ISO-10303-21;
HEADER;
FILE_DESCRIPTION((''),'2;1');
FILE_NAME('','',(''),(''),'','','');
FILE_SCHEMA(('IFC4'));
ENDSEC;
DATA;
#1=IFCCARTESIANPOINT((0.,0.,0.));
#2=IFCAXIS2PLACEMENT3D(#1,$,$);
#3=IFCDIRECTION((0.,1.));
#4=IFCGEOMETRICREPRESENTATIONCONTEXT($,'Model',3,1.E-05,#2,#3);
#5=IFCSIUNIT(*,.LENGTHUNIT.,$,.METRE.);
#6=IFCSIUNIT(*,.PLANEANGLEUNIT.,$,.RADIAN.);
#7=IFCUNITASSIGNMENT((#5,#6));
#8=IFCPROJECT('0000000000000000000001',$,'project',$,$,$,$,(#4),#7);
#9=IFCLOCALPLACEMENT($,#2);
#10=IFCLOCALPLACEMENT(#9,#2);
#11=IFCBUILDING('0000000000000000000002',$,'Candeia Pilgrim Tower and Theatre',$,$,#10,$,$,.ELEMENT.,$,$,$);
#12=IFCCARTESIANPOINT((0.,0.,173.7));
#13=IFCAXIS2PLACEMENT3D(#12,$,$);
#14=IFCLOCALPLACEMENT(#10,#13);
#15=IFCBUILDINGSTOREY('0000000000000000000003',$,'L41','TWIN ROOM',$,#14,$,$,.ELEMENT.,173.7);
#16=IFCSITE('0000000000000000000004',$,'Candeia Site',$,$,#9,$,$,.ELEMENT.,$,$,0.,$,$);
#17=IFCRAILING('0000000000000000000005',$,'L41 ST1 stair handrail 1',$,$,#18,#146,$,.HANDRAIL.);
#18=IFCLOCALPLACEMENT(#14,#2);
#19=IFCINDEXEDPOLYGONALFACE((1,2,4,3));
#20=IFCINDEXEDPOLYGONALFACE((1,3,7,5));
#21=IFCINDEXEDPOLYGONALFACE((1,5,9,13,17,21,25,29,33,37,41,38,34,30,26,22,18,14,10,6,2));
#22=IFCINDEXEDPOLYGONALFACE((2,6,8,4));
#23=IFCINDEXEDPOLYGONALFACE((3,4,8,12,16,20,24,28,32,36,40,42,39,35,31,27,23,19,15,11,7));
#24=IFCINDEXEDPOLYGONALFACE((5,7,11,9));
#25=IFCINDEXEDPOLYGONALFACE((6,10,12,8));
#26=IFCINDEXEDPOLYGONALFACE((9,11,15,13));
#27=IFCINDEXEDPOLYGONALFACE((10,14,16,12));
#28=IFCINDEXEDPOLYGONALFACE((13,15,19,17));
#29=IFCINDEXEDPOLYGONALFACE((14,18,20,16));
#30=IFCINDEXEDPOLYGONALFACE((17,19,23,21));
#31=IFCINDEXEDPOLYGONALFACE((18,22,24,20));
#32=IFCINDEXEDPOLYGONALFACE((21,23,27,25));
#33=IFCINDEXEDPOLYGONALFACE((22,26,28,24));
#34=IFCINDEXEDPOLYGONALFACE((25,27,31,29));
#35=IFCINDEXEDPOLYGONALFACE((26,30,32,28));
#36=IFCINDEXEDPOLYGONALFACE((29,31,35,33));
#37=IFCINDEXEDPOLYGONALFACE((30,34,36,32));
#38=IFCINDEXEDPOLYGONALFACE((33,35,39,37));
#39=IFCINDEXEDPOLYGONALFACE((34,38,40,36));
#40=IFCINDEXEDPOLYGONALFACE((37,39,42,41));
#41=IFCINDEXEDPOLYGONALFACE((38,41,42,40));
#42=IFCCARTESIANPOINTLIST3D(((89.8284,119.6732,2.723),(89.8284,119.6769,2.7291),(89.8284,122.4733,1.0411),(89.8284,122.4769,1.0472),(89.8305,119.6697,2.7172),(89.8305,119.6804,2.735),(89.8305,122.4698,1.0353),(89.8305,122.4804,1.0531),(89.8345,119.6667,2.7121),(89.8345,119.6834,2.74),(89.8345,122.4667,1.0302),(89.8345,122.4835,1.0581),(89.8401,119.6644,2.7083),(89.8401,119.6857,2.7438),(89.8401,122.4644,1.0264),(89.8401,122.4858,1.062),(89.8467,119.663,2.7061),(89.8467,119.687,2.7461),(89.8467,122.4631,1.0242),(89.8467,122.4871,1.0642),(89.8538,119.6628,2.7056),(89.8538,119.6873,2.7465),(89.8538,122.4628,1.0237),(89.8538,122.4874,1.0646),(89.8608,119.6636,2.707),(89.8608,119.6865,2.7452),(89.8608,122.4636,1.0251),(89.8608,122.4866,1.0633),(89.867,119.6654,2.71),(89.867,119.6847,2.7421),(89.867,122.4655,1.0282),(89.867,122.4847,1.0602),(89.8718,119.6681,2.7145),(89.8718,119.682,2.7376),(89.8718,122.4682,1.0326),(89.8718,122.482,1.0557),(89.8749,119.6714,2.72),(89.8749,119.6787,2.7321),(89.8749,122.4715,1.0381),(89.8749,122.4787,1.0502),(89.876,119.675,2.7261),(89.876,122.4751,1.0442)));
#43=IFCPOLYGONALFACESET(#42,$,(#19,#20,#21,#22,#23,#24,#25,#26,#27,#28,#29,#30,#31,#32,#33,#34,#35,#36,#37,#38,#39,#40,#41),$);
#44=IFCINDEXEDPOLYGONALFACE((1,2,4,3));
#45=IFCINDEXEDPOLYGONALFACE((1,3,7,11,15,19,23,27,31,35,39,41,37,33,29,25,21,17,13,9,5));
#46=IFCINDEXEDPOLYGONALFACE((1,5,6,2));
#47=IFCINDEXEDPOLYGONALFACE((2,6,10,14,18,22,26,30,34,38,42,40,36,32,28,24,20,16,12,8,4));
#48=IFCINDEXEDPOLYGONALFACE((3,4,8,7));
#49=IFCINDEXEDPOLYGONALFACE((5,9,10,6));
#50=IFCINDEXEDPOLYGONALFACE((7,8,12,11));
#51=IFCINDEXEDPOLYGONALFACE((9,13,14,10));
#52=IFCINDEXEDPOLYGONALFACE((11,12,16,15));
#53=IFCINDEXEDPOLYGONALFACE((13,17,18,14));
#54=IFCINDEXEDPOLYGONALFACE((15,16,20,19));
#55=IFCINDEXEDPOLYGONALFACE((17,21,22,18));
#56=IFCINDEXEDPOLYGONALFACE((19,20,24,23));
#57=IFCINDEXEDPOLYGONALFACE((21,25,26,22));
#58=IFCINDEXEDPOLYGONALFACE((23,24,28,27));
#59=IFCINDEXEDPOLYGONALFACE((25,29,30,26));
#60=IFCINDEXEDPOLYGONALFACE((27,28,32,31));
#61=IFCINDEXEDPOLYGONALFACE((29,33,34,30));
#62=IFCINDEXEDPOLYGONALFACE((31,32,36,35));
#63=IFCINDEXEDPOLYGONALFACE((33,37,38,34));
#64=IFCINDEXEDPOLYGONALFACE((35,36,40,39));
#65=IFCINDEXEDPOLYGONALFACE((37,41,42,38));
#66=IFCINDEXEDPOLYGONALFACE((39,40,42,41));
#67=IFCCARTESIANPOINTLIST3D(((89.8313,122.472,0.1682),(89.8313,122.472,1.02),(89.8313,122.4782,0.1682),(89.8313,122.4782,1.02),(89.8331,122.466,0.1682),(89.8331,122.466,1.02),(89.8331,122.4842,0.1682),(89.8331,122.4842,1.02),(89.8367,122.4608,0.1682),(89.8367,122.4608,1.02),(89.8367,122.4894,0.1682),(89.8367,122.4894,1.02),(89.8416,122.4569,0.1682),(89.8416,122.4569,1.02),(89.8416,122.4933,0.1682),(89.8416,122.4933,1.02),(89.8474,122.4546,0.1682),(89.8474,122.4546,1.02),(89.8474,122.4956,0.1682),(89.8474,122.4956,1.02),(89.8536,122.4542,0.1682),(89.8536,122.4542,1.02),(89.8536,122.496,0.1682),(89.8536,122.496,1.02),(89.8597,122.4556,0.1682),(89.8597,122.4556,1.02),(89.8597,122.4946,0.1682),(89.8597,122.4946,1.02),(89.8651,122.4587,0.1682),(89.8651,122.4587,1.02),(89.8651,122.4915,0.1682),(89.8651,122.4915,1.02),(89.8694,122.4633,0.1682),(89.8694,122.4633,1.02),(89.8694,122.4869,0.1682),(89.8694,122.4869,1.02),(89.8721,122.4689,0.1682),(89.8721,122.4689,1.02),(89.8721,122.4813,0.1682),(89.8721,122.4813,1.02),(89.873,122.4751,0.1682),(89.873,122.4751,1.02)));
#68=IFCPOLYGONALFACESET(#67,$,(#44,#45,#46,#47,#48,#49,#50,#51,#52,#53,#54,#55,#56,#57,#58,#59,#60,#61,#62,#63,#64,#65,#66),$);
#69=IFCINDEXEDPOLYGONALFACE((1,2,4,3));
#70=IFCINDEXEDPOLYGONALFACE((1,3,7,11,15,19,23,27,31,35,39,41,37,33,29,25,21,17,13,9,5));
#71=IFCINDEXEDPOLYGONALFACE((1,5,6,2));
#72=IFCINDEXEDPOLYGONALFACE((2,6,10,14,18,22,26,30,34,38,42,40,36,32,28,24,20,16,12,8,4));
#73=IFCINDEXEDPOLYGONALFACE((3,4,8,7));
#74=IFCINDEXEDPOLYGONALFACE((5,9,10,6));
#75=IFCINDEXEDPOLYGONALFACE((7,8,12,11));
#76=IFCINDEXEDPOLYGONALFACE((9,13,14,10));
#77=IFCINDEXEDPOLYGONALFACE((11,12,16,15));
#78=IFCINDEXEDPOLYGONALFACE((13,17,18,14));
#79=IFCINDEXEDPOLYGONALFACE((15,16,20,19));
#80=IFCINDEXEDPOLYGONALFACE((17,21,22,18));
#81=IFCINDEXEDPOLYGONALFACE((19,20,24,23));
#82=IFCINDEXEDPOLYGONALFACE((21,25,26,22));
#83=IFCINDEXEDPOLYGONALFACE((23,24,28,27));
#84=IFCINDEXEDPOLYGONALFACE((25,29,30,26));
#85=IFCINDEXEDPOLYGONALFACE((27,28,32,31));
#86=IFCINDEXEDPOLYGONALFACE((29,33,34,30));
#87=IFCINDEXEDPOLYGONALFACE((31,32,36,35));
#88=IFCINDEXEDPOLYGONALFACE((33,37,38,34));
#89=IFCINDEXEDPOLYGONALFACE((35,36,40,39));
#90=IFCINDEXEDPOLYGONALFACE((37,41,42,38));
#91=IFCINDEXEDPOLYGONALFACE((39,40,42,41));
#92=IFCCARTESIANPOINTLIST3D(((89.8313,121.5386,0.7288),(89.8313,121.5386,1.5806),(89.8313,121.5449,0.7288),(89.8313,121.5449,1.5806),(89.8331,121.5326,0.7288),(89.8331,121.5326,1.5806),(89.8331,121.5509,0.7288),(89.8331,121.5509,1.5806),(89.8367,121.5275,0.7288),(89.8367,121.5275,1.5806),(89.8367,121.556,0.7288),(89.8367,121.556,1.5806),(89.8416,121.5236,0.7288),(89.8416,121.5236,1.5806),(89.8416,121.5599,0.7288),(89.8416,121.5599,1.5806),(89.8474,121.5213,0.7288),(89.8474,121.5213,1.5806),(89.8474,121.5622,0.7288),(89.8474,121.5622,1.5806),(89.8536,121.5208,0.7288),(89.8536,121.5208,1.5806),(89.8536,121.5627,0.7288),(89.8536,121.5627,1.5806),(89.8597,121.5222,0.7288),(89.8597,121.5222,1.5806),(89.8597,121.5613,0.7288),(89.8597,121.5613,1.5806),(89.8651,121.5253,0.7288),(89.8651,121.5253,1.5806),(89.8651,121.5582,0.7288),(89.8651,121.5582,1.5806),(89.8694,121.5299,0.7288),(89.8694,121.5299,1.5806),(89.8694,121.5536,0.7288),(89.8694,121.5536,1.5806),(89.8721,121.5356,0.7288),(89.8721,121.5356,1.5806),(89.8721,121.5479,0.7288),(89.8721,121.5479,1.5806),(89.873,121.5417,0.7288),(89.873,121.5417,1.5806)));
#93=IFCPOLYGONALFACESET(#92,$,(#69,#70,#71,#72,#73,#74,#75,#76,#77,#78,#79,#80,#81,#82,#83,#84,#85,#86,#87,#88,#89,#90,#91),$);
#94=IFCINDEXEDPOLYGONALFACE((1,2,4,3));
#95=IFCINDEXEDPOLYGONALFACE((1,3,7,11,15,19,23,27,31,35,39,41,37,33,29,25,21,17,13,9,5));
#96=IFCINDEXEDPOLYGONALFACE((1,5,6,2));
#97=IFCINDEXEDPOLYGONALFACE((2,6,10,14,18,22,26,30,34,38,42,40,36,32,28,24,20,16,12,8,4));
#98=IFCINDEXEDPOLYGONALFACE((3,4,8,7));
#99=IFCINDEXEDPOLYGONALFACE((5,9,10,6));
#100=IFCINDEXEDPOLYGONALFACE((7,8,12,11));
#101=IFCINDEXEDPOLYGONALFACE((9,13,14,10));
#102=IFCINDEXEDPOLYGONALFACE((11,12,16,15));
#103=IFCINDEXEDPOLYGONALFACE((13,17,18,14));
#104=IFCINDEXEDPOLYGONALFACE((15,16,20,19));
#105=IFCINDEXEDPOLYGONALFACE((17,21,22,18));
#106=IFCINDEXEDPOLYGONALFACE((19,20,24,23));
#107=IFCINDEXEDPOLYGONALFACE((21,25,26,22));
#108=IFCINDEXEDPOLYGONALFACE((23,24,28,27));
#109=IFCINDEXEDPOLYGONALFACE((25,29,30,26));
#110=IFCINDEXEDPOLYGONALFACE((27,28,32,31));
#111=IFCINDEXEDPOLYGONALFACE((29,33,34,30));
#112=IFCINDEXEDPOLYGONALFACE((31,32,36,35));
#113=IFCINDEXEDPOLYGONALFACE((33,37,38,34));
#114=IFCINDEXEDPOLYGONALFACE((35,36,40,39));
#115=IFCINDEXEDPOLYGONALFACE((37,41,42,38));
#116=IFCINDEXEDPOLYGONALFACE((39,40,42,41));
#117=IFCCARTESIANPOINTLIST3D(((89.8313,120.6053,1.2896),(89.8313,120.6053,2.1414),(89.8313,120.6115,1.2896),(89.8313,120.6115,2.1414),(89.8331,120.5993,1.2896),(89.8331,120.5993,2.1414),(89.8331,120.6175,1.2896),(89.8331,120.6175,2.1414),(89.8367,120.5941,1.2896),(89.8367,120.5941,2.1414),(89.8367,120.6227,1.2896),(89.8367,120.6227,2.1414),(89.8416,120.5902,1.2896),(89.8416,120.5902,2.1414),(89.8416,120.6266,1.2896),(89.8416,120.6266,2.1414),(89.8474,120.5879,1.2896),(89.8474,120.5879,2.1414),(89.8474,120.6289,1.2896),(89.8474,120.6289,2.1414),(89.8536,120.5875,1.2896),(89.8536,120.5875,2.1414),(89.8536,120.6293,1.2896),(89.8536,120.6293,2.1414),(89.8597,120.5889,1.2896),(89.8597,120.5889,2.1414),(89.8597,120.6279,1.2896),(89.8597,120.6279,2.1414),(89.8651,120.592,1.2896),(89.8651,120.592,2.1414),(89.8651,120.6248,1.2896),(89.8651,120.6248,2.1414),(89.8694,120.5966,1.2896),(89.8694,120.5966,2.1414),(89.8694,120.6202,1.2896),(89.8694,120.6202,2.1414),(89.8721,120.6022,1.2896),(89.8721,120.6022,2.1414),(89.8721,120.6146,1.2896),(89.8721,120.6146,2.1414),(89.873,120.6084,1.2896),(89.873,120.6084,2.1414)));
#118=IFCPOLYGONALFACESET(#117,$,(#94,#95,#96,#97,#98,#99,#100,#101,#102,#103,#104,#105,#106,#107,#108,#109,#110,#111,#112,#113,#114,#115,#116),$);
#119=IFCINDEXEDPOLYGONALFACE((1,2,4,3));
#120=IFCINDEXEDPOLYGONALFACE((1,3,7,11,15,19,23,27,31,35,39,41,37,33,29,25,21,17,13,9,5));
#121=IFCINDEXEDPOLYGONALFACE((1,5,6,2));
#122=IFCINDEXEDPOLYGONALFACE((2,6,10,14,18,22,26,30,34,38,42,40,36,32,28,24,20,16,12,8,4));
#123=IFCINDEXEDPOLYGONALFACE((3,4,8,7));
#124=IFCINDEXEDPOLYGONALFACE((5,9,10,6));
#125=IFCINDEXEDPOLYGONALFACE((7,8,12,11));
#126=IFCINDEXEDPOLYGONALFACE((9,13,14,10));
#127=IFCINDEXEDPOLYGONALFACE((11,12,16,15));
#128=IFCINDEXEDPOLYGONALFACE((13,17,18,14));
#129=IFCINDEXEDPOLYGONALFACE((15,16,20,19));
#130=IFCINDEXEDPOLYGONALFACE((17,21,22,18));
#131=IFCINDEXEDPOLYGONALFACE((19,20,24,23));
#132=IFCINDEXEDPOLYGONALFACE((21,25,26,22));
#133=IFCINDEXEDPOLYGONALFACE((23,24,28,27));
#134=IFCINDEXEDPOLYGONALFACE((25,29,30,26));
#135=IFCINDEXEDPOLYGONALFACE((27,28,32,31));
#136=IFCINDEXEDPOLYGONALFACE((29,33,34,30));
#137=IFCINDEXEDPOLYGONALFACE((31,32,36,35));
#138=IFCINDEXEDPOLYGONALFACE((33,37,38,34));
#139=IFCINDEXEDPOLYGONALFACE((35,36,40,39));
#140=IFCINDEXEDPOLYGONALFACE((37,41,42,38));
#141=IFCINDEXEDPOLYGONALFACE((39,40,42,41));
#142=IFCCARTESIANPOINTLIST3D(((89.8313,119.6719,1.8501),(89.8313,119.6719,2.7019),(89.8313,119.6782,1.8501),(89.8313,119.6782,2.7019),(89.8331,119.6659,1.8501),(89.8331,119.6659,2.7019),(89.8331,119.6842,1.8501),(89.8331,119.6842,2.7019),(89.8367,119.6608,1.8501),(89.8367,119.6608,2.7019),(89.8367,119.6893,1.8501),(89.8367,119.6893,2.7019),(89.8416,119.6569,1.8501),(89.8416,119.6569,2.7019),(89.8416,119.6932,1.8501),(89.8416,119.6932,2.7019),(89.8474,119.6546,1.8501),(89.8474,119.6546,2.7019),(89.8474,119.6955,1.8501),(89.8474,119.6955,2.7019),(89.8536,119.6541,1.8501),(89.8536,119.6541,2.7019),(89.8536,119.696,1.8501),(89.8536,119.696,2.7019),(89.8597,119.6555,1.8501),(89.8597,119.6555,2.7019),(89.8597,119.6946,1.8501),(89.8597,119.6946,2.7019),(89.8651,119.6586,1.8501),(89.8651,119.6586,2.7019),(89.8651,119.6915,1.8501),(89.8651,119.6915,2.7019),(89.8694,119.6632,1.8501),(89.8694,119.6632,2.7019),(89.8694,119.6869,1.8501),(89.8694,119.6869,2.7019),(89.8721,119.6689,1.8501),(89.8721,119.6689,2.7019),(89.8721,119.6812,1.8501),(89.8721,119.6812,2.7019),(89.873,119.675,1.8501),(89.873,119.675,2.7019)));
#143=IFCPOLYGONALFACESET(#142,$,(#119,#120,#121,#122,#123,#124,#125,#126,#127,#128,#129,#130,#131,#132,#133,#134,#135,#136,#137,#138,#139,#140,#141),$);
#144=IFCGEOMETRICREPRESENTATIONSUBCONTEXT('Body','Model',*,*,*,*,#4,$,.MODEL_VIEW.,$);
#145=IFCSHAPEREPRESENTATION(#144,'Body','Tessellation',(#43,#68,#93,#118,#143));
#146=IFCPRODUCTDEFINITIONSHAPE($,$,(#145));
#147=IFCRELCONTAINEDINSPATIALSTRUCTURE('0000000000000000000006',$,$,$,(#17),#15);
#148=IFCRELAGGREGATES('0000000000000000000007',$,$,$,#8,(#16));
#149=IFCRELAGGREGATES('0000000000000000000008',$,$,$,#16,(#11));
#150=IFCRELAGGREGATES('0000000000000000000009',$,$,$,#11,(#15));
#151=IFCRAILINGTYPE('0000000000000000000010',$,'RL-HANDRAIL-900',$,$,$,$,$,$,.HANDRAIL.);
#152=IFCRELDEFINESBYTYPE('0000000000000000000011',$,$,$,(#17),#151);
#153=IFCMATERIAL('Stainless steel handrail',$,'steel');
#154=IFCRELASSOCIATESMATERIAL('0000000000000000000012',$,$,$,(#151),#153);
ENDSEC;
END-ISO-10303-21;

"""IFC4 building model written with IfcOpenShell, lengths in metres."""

from ifc_helpers import new_model, si_unit, direction, frame, origin, origin_2d, place, context, subcontext, project, spatial, circle, extrude, material, type_object, element, save


model = new_model("IFC4")

# Units and contexts
model_context = context("Model", 3, precision=1e-05, world=origin(), true_north=direction((0.0, 1.0)))
body_context = subcontext(model_context, "Body", "Model", "MODEL_VIEW")
ifc_project = project(units=[si_unit("LENGTHUNIT", "METRE"), si_unit("PLANEANGLEUNIT", "RADIAN")], contexts=[model_context])

# Site, building, storey
site_placement = place(None, origin())
site = spatial("IfcSite", under=ifc_project, at=site_placement, Name="Candeia Site", CompositionType="ELEMENT", RefElevation=0.0)
building_placement = place(site_placement, origin())
building = spatial("IfcBuilding", under=site, at=building_placement, Name="Candeia Pilgrim Tower and Theatre", CompositionType="ELEMENT")
storey_placement = place(building_placement, frame((0.0, 0.0, 173.7)))
storey = spatial("IfcBuildingStorey", under=building, at=storey_placement, Name="L41", Description="TWIN ROOM", CompositionType="ELEMENT", Elevation=173.7)

# Railing
ifc_material_1 = material(Name="Stainless steel handrail", Category="steel")
railing_type_1 = type_object("IfcRailingType", Name="RL-HANDRAIL-900", PredefinedType="HANDRAIL", material=ifc_material_1)
railing_1_placement = place(storey_placement, frame((89.8521, 122.4751, 0.1682)))
element("IfcRailing", 1, at=railing_1_placement, inside=storey, type_object=railing_type_1, Name="L41 ST1 stair handrail 1", PredefinedType="HANDRAIL", context=body_context, shape_type="SweptSolid", body=[
    extrude(circle(Radius=0.0239, at=origin_2d()), frame((0.0, 0.0, 0.876), z_axis=(0.0, -0.857242, 0.514913), x_axis=(1.0, 0.0, 0.0)), (0.0, 0.0, 1.0), 3.2664),
    extrude(circle(Radius=0.021, at=origin_2d()), origin(), (0.0, 0.0, 1.0), 0.8518),
    extrude(circle(Radius=0.021, at=origin_2d()), frame((0.0, -0.9333, 0.5605)), (0.0, 0.0, 1.0), 0.8518),
    extrude(circle(Radius=0.021, at=origin_2d()), frame((0.0, -1.8667, 1.1213)), (0.0, 0.0, 1.0), 0.8518),
    extrude(circle(Radius=0.021, at=origin_2d()), frame((0.0, -2.8, 1.6819)), (0.0, 0.0, 1.0), 0.8518),
])

save(model, "model.ifc")
